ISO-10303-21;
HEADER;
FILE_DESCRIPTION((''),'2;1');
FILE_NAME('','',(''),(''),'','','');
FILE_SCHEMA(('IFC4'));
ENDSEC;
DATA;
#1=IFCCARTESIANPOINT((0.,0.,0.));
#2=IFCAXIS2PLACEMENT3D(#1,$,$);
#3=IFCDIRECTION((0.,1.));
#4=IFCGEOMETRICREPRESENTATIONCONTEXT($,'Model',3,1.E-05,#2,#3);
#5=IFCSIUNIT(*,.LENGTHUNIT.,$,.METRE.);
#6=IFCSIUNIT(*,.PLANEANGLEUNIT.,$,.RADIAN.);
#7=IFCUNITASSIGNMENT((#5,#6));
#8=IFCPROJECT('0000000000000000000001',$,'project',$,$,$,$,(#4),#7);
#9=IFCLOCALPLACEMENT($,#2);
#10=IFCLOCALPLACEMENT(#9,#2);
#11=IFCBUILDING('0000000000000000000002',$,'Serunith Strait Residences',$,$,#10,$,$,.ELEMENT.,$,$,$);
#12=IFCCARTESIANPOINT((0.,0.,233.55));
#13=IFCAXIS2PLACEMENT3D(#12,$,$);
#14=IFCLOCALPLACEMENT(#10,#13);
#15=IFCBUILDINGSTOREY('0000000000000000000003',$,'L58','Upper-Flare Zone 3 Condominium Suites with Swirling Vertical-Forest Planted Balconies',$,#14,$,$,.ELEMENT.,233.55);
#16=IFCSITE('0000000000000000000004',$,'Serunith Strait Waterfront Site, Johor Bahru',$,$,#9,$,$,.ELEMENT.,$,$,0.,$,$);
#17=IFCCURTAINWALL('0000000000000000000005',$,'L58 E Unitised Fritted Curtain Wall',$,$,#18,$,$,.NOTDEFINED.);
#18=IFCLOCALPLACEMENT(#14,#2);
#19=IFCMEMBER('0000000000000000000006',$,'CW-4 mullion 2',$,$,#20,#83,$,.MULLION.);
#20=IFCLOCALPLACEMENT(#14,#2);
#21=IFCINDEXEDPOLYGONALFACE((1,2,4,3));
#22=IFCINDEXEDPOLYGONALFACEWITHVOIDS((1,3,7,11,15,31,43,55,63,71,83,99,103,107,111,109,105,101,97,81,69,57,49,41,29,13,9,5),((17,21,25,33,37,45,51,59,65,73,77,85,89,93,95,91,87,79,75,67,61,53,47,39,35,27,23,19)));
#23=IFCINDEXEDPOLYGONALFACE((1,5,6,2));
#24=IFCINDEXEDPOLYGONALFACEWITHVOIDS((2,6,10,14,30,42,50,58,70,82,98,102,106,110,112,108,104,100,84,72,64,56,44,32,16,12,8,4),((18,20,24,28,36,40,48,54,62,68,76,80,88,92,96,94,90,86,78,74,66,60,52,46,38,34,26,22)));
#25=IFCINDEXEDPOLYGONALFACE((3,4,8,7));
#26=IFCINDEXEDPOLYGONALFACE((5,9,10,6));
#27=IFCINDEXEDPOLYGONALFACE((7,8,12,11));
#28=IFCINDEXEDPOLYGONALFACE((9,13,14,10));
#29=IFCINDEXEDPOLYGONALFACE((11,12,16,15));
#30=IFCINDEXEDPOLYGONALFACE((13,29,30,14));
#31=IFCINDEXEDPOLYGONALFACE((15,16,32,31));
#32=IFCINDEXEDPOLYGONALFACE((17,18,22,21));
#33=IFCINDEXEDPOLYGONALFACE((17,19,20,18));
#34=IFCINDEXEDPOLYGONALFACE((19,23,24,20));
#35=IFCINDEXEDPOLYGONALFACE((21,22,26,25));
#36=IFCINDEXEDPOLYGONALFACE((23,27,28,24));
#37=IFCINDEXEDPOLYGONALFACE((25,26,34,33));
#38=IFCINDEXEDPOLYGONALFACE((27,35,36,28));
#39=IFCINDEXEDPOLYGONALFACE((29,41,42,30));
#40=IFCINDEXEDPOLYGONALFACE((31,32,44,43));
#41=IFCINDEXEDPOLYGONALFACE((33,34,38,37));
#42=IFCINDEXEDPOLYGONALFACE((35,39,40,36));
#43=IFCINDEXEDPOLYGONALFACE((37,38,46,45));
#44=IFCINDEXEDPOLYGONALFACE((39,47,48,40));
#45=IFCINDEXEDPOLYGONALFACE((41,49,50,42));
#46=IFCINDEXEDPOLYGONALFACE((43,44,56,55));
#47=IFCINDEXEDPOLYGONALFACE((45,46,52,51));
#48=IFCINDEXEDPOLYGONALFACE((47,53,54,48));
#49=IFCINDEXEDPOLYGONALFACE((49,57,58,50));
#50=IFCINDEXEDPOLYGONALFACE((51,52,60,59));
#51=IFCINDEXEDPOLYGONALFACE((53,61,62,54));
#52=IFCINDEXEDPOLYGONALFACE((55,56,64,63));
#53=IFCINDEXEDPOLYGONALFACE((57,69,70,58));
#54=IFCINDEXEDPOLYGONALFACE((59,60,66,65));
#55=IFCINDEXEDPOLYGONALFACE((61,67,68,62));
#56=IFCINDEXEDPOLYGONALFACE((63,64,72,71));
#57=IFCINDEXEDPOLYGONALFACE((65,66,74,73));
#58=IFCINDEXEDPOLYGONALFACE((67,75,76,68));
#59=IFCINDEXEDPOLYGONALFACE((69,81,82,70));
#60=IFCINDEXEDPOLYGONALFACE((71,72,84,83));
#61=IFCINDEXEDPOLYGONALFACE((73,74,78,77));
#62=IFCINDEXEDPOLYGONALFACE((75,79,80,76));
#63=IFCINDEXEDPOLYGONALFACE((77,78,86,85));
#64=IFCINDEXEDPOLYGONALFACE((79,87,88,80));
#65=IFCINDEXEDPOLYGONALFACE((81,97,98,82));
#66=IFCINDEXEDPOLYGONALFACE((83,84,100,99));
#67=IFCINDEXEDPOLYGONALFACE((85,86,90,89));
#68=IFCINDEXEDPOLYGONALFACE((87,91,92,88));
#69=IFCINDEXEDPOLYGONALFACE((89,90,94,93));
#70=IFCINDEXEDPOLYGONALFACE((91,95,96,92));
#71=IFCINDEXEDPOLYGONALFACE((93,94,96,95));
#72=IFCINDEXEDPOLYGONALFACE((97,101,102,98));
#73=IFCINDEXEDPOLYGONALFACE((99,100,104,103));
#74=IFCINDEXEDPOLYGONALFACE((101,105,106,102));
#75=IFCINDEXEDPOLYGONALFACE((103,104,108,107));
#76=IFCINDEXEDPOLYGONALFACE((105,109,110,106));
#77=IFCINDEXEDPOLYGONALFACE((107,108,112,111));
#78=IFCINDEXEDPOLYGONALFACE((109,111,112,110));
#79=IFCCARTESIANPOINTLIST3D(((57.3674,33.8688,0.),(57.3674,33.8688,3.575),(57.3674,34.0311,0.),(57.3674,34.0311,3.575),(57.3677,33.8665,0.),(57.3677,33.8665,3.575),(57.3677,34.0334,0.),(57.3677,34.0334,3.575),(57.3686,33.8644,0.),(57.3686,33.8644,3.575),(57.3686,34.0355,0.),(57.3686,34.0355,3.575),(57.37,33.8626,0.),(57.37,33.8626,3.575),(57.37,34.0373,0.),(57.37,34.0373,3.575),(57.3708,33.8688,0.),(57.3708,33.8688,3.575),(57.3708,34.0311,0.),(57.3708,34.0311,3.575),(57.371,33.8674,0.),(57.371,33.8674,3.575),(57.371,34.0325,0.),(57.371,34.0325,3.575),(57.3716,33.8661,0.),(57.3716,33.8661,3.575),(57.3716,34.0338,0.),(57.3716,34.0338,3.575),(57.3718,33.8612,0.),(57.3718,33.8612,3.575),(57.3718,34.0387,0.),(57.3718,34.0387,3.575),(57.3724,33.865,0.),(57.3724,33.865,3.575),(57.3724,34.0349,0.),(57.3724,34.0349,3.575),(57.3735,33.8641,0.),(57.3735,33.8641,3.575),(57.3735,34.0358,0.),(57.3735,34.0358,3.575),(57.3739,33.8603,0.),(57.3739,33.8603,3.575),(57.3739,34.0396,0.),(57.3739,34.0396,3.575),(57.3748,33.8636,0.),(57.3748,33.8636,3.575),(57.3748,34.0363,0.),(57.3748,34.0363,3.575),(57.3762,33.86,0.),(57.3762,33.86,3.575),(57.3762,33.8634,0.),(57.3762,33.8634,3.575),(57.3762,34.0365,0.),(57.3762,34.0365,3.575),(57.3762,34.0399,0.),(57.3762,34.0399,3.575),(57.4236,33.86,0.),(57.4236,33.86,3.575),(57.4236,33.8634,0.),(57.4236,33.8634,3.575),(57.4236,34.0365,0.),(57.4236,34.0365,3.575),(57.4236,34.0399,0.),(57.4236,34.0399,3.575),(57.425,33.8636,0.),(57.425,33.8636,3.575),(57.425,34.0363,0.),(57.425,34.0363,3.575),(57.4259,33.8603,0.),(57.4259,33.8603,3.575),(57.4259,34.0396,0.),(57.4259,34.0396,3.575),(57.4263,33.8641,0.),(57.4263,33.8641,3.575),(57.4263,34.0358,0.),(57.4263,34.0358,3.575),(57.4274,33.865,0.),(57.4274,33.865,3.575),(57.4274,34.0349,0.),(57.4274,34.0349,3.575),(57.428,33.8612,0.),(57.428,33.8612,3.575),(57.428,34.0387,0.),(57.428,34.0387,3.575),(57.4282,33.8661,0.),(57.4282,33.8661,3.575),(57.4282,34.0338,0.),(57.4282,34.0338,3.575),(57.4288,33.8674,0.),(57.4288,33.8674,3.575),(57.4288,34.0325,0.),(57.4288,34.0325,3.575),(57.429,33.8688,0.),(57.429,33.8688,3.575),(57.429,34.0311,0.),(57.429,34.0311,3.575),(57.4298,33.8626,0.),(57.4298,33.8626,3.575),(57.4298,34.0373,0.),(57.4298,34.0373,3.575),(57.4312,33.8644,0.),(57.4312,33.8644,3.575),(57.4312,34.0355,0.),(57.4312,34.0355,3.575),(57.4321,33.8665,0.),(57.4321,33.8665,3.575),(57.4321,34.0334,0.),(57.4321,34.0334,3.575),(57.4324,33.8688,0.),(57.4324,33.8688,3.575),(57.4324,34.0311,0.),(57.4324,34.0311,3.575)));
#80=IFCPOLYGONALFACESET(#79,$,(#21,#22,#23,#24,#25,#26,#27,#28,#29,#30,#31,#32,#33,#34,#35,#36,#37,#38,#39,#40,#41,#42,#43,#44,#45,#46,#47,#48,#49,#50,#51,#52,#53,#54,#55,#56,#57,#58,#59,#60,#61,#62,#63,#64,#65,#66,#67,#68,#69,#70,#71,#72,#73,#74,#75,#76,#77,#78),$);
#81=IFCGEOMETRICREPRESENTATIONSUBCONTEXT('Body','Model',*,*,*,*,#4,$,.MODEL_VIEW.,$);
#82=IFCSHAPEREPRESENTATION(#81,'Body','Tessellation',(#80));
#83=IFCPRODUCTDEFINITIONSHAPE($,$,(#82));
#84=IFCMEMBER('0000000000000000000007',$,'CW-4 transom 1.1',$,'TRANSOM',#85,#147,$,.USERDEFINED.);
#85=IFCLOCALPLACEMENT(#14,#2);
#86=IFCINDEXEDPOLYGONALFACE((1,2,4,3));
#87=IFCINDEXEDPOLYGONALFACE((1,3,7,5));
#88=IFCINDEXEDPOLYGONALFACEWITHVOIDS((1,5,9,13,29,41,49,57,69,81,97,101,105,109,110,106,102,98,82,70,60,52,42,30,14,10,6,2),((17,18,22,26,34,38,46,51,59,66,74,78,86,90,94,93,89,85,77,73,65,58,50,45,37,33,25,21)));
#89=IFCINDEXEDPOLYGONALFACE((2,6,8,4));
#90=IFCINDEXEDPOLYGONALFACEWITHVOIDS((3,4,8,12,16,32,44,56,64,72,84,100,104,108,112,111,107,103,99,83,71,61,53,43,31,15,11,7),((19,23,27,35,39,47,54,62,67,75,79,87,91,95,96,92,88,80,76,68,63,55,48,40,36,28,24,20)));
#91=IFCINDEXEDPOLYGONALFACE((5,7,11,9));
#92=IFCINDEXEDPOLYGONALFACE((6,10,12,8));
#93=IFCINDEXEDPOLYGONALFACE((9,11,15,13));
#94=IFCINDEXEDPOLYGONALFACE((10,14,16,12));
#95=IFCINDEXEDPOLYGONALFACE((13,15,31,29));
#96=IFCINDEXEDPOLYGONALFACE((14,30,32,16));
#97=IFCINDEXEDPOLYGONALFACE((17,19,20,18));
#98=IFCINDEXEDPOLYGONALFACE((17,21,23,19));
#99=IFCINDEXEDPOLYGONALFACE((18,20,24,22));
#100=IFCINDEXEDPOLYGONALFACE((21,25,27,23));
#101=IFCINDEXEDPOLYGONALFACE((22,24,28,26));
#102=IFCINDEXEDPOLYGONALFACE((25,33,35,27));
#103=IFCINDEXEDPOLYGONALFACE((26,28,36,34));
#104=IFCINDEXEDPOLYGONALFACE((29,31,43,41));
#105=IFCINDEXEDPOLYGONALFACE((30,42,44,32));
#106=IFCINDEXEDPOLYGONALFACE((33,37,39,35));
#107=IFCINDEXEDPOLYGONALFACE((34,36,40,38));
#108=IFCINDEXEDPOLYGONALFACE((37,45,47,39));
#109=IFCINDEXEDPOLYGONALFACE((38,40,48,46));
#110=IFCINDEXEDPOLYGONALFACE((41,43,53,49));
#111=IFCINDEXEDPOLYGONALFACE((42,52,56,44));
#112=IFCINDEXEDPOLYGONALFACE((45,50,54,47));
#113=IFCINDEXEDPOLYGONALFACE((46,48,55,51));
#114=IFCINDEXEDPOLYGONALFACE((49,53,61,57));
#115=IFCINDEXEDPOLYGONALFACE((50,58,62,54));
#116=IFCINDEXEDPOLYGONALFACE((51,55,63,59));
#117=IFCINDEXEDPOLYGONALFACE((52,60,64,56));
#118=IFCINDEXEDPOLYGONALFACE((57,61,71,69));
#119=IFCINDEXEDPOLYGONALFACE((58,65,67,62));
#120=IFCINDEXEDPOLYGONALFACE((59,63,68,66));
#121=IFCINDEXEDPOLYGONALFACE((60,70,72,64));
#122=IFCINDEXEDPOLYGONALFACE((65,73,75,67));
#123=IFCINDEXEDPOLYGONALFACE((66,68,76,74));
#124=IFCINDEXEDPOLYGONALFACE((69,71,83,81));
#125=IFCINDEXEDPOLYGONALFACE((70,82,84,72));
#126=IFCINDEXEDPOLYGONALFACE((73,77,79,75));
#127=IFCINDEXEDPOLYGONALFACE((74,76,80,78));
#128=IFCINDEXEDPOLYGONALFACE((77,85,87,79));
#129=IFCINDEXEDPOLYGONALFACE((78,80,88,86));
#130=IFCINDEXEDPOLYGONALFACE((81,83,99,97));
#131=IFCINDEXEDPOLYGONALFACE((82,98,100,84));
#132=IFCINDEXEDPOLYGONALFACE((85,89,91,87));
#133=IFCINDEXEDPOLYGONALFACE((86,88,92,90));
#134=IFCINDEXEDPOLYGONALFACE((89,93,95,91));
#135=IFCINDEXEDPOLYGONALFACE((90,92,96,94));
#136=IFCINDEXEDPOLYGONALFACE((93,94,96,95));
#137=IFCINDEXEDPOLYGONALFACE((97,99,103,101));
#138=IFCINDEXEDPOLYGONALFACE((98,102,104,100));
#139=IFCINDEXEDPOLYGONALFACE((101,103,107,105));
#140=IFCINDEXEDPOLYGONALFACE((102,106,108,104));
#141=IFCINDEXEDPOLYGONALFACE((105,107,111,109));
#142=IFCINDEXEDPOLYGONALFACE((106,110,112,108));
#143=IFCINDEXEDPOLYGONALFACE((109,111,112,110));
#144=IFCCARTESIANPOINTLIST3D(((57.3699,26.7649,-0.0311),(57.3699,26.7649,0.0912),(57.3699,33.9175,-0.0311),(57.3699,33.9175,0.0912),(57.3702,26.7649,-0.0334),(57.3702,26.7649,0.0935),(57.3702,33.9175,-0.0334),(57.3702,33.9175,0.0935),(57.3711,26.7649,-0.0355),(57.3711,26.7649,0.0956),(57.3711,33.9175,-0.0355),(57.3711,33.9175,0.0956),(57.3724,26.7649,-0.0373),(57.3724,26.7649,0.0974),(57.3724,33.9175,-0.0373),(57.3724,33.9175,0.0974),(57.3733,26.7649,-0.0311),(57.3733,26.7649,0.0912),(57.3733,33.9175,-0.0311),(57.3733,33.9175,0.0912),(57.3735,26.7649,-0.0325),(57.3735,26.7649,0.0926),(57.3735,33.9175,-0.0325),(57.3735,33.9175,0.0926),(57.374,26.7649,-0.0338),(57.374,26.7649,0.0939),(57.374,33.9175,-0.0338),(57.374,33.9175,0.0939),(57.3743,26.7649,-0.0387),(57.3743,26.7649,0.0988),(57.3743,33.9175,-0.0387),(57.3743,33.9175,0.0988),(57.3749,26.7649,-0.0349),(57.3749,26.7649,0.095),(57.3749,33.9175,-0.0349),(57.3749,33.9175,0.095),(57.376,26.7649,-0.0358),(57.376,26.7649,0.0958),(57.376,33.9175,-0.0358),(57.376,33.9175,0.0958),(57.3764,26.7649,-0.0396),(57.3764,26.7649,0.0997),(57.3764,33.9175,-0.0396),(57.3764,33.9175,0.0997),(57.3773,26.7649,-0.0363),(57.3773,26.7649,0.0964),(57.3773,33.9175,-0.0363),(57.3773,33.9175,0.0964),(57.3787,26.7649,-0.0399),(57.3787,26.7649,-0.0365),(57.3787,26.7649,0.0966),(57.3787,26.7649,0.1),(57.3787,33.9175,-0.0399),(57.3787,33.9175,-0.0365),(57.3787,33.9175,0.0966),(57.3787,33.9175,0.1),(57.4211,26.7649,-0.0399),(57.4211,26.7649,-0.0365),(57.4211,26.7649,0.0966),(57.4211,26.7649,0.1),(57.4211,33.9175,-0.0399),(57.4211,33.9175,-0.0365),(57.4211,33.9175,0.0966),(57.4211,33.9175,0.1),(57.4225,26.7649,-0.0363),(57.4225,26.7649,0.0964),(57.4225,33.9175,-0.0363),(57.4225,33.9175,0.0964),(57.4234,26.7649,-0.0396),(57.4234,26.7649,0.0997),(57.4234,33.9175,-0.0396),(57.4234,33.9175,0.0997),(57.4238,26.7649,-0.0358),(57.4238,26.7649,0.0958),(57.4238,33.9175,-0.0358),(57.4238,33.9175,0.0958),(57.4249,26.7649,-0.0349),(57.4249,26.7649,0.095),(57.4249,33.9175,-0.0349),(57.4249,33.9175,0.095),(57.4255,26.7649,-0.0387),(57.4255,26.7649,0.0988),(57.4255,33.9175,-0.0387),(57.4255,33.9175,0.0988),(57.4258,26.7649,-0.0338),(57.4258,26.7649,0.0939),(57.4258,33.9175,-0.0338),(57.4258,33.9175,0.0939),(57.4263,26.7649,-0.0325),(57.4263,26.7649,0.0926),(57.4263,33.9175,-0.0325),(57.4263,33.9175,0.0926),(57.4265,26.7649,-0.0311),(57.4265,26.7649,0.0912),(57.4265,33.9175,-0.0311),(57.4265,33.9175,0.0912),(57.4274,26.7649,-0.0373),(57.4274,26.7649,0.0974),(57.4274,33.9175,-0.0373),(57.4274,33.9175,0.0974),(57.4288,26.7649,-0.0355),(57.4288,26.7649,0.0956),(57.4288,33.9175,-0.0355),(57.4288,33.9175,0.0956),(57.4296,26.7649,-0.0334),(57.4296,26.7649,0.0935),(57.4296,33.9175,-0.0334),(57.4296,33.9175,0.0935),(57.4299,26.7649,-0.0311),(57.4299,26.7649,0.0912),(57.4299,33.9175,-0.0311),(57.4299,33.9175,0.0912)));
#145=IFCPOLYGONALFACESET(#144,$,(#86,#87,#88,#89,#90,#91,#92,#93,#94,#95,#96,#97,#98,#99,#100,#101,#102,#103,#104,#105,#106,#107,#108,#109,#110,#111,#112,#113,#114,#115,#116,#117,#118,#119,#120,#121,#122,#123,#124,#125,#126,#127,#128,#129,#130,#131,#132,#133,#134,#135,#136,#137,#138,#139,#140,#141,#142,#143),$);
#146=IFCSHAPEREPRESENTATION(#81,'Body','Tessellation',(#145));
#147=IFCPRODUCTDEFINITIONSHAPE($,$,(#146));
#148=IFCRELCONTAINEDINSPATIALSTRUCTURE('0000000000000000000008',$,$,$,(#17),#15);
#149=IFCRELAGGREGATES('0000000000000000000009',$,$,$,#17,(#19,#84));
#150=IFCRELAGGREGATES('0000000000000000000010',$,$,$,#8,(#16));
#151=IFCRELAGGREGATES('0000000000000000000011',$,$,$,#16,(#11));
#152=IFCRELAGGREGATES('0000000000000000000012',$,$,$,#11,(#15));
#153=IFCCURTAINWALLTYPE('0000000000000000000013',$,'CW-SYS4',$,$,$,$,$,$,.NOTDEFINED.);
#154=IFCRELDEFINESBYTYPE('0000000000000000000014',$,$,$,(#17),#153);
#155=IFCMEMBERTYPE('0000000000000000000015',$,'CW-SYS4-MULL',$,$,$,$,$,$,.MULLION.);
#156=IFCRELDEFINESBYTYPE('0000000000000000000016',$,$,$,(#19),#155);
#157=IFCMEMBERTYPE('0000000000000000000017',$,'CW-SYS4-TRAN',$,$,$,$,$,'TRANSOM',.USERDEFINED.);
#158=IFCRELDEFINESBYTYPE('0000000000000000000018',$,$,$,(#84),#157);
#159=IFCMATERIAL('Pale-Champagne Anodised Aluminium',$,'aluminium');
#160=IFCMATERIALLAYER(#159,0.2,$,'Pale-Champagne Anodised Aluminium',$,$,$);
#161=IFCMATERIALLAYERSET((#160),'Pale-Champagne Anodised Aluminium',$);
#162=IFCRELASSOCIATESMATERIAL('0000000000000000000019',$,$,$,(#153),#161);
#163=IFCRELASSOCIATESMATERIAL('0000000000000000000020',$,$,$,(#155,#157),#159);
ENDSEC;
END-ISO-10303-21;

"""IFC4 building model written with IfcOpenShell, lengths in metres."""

from ifc_helpers import new_model, si_unit, direction, frame, origin, origin_2d, place, context, subcontext, project, spatial, hollow_rectangle, extrude, source, transform, mapped, material, layer, layer_set, material_profile, profile_set, type_object, element, aggregate, save


model = new_model("IFC4")

# Units and contexts
model_context = context("Model", 3, precision=1e-05, world=origin(), true_north=direction((0.0, 1.0)))
body_context = subcontext(model_context, "Body", "Model", "MODEL_VIEW")
ifc_project = project(units=[si_unit("LENGTHUNIT", "METRE"), si_unit("PLANEANGLEUNIT", "RADIAN")], contexts=[model_context])

# Site, building, storey
site_placement = place(None, origin())
site = spatial("IfcSite", under=ifc_project, at=site_placement, Name="Serunith Strait Waterfront Site, Johor Bahru", CompositionType="ELEMENT", RefElevation=0.0)
building_placement = place(site_placement, origin())
building = spatial("IfcBuilding", under=site, at=building_placement, Name="Serunith Strait Residences", CompositionType="ELEMENT")
storey_placement = place(building_placement, frame((0.0, 0.0, 233.55)))
storey = spatial("IfcBuildingStorey", under=building, at=storey_placement, Name="L58", Description="Upper-Flare Zone 3 Condominium Suites with Swirling Vertical-Forest Planted Balconies", CompositionType="ELEMENT", Elevation=233.55)

# Curtain wall, members
ifc_material_1 = material(Name="Pale-Champagne Anodised Aluminium", Category="aluminium")
ifc_layer_1 = layer(ifc_material_1, 0.2, Name="Pale-Champagne Anodised Aluminium")
ifc_layer_set_1 = layer_set([ifc_layer_1], Name="Pale-Champagne Anodised Aluminium")
curtain_wall_type = type_object("IfcCurtainWallType", Name="CW-SYS4", PredefinedType="NOTDEFINED", material=ifc_layer_set_1)
curtain_wall_placement = place(storey_placement, origin())
curtain_wall = element("IfcCurtainWall", 1, at=curtain_wall_placement, inside=storey, type_object=curtain_wall_type, Name="L58 E Unitised Fritted Curtain Wall", PredefinedType="NOTDEFINED")
ifc_material_profile_1 = material_profile(ifc_material_1, hollow_rectangle(XDim=0.0649, YDim=0.1799, WallThickness=0.0034, InnerFilletRadius=0.0054, OuterFilletRadius=0.0088, at=origin_2d()), Name="ALU 180x65x3.5")
ifc_profile_set_1 = profile_set([ifc_material_profile_1], Name="Pale-Champagne Anodised Aluminium")
member_type_1 = type_object("IfcMemberType", Name="CW-SYS4-MULL", PredefinedType="MULLION", material=ifc_profile_set_1)
shared_shape_1 = source(origin(), body_context, "Body", "SweptSolid", [
    extrude(hollow_rectangle(XDim=0.0649, YDim=0.1799, WallThickness=0.0034, InnerFilletRadius=0.0054, OuterFilletRadius=0.0088, at=origin_2d()), origin(), (0.0, 0.0, 1.0), 3.575),
])
member_1_placement = place(storey_placement, frame((57.3999, 33.95, 0.0), z_axis=(0.0, 0.0, 1.0), x_axis=(-1.0, 0.0, 0.0)))
member_1 = element("IfcMember", 2, at=member_1_placement, type_object=member_type_1, Name="CW-4 mullion 2", PredefinedType="MULLION", context=body_context, shape_type="MappedRepresentation", body=[
    mapped(shared_shape_1, transform((0.0, 0.0, 0.0), scale=1.0)),
])
ifc_material_profile_2 = material_profile(ifc_material_1, hollow_rectangle(XDim=0.0601, YDim=0.1399, WallThickness=0.0034, InnerFilletRadius=0.0054, OuterFilletRadius=0.0088, at=origin_2d()), Name="ALU 140x60x3.5")
ifc_profile_set_2 = profile_set([ifc_material_profile_2], Name="Pale-Champagne Anodised Aluminium")
member_type_2 = type_object("IfcMemberType", Name="CW-SYS4-TRAN", ElementType="TRANSOM", PredefinedType="USERDEFINED", material=ifc_profile_set_2)
shared_shape_2 = source(origin(), body_context, "Body", "SweptSolid", [
    extrude(hollow_rectangle(XDim=0.0601, YDim=0.1399, WallThickness=0.0034, InnerFilletRadius=0.0054, OuterFilletRadius=0.0088, at=origin_2d()), origin(), (0.0, 0.0, 1.0), 7.1526),
])
member_2_placement = place(storey_placement, frame((57.3999, 26.7649, 0.03), z_axis=(0.0, 1.0, 0.0), x_axis=(-1.0, 0.0, 0.0)))
member_2 = element("IfcMember", 3, at=member_2_placement, type_object=member_type_2, Name="CW-4 transom 1.1", ObjectType="TRANSOM", PredefinedType="USERDEFINED", context=body_context, shape_type="MappedRepresentation", body=[
    mapped(shared_shape_2, transform((0.0, 0.0, 0.0), scale=1.0)),
])
aggregate(curtain_wall, [member_1, member_2])

save(model, "model.ifc")
